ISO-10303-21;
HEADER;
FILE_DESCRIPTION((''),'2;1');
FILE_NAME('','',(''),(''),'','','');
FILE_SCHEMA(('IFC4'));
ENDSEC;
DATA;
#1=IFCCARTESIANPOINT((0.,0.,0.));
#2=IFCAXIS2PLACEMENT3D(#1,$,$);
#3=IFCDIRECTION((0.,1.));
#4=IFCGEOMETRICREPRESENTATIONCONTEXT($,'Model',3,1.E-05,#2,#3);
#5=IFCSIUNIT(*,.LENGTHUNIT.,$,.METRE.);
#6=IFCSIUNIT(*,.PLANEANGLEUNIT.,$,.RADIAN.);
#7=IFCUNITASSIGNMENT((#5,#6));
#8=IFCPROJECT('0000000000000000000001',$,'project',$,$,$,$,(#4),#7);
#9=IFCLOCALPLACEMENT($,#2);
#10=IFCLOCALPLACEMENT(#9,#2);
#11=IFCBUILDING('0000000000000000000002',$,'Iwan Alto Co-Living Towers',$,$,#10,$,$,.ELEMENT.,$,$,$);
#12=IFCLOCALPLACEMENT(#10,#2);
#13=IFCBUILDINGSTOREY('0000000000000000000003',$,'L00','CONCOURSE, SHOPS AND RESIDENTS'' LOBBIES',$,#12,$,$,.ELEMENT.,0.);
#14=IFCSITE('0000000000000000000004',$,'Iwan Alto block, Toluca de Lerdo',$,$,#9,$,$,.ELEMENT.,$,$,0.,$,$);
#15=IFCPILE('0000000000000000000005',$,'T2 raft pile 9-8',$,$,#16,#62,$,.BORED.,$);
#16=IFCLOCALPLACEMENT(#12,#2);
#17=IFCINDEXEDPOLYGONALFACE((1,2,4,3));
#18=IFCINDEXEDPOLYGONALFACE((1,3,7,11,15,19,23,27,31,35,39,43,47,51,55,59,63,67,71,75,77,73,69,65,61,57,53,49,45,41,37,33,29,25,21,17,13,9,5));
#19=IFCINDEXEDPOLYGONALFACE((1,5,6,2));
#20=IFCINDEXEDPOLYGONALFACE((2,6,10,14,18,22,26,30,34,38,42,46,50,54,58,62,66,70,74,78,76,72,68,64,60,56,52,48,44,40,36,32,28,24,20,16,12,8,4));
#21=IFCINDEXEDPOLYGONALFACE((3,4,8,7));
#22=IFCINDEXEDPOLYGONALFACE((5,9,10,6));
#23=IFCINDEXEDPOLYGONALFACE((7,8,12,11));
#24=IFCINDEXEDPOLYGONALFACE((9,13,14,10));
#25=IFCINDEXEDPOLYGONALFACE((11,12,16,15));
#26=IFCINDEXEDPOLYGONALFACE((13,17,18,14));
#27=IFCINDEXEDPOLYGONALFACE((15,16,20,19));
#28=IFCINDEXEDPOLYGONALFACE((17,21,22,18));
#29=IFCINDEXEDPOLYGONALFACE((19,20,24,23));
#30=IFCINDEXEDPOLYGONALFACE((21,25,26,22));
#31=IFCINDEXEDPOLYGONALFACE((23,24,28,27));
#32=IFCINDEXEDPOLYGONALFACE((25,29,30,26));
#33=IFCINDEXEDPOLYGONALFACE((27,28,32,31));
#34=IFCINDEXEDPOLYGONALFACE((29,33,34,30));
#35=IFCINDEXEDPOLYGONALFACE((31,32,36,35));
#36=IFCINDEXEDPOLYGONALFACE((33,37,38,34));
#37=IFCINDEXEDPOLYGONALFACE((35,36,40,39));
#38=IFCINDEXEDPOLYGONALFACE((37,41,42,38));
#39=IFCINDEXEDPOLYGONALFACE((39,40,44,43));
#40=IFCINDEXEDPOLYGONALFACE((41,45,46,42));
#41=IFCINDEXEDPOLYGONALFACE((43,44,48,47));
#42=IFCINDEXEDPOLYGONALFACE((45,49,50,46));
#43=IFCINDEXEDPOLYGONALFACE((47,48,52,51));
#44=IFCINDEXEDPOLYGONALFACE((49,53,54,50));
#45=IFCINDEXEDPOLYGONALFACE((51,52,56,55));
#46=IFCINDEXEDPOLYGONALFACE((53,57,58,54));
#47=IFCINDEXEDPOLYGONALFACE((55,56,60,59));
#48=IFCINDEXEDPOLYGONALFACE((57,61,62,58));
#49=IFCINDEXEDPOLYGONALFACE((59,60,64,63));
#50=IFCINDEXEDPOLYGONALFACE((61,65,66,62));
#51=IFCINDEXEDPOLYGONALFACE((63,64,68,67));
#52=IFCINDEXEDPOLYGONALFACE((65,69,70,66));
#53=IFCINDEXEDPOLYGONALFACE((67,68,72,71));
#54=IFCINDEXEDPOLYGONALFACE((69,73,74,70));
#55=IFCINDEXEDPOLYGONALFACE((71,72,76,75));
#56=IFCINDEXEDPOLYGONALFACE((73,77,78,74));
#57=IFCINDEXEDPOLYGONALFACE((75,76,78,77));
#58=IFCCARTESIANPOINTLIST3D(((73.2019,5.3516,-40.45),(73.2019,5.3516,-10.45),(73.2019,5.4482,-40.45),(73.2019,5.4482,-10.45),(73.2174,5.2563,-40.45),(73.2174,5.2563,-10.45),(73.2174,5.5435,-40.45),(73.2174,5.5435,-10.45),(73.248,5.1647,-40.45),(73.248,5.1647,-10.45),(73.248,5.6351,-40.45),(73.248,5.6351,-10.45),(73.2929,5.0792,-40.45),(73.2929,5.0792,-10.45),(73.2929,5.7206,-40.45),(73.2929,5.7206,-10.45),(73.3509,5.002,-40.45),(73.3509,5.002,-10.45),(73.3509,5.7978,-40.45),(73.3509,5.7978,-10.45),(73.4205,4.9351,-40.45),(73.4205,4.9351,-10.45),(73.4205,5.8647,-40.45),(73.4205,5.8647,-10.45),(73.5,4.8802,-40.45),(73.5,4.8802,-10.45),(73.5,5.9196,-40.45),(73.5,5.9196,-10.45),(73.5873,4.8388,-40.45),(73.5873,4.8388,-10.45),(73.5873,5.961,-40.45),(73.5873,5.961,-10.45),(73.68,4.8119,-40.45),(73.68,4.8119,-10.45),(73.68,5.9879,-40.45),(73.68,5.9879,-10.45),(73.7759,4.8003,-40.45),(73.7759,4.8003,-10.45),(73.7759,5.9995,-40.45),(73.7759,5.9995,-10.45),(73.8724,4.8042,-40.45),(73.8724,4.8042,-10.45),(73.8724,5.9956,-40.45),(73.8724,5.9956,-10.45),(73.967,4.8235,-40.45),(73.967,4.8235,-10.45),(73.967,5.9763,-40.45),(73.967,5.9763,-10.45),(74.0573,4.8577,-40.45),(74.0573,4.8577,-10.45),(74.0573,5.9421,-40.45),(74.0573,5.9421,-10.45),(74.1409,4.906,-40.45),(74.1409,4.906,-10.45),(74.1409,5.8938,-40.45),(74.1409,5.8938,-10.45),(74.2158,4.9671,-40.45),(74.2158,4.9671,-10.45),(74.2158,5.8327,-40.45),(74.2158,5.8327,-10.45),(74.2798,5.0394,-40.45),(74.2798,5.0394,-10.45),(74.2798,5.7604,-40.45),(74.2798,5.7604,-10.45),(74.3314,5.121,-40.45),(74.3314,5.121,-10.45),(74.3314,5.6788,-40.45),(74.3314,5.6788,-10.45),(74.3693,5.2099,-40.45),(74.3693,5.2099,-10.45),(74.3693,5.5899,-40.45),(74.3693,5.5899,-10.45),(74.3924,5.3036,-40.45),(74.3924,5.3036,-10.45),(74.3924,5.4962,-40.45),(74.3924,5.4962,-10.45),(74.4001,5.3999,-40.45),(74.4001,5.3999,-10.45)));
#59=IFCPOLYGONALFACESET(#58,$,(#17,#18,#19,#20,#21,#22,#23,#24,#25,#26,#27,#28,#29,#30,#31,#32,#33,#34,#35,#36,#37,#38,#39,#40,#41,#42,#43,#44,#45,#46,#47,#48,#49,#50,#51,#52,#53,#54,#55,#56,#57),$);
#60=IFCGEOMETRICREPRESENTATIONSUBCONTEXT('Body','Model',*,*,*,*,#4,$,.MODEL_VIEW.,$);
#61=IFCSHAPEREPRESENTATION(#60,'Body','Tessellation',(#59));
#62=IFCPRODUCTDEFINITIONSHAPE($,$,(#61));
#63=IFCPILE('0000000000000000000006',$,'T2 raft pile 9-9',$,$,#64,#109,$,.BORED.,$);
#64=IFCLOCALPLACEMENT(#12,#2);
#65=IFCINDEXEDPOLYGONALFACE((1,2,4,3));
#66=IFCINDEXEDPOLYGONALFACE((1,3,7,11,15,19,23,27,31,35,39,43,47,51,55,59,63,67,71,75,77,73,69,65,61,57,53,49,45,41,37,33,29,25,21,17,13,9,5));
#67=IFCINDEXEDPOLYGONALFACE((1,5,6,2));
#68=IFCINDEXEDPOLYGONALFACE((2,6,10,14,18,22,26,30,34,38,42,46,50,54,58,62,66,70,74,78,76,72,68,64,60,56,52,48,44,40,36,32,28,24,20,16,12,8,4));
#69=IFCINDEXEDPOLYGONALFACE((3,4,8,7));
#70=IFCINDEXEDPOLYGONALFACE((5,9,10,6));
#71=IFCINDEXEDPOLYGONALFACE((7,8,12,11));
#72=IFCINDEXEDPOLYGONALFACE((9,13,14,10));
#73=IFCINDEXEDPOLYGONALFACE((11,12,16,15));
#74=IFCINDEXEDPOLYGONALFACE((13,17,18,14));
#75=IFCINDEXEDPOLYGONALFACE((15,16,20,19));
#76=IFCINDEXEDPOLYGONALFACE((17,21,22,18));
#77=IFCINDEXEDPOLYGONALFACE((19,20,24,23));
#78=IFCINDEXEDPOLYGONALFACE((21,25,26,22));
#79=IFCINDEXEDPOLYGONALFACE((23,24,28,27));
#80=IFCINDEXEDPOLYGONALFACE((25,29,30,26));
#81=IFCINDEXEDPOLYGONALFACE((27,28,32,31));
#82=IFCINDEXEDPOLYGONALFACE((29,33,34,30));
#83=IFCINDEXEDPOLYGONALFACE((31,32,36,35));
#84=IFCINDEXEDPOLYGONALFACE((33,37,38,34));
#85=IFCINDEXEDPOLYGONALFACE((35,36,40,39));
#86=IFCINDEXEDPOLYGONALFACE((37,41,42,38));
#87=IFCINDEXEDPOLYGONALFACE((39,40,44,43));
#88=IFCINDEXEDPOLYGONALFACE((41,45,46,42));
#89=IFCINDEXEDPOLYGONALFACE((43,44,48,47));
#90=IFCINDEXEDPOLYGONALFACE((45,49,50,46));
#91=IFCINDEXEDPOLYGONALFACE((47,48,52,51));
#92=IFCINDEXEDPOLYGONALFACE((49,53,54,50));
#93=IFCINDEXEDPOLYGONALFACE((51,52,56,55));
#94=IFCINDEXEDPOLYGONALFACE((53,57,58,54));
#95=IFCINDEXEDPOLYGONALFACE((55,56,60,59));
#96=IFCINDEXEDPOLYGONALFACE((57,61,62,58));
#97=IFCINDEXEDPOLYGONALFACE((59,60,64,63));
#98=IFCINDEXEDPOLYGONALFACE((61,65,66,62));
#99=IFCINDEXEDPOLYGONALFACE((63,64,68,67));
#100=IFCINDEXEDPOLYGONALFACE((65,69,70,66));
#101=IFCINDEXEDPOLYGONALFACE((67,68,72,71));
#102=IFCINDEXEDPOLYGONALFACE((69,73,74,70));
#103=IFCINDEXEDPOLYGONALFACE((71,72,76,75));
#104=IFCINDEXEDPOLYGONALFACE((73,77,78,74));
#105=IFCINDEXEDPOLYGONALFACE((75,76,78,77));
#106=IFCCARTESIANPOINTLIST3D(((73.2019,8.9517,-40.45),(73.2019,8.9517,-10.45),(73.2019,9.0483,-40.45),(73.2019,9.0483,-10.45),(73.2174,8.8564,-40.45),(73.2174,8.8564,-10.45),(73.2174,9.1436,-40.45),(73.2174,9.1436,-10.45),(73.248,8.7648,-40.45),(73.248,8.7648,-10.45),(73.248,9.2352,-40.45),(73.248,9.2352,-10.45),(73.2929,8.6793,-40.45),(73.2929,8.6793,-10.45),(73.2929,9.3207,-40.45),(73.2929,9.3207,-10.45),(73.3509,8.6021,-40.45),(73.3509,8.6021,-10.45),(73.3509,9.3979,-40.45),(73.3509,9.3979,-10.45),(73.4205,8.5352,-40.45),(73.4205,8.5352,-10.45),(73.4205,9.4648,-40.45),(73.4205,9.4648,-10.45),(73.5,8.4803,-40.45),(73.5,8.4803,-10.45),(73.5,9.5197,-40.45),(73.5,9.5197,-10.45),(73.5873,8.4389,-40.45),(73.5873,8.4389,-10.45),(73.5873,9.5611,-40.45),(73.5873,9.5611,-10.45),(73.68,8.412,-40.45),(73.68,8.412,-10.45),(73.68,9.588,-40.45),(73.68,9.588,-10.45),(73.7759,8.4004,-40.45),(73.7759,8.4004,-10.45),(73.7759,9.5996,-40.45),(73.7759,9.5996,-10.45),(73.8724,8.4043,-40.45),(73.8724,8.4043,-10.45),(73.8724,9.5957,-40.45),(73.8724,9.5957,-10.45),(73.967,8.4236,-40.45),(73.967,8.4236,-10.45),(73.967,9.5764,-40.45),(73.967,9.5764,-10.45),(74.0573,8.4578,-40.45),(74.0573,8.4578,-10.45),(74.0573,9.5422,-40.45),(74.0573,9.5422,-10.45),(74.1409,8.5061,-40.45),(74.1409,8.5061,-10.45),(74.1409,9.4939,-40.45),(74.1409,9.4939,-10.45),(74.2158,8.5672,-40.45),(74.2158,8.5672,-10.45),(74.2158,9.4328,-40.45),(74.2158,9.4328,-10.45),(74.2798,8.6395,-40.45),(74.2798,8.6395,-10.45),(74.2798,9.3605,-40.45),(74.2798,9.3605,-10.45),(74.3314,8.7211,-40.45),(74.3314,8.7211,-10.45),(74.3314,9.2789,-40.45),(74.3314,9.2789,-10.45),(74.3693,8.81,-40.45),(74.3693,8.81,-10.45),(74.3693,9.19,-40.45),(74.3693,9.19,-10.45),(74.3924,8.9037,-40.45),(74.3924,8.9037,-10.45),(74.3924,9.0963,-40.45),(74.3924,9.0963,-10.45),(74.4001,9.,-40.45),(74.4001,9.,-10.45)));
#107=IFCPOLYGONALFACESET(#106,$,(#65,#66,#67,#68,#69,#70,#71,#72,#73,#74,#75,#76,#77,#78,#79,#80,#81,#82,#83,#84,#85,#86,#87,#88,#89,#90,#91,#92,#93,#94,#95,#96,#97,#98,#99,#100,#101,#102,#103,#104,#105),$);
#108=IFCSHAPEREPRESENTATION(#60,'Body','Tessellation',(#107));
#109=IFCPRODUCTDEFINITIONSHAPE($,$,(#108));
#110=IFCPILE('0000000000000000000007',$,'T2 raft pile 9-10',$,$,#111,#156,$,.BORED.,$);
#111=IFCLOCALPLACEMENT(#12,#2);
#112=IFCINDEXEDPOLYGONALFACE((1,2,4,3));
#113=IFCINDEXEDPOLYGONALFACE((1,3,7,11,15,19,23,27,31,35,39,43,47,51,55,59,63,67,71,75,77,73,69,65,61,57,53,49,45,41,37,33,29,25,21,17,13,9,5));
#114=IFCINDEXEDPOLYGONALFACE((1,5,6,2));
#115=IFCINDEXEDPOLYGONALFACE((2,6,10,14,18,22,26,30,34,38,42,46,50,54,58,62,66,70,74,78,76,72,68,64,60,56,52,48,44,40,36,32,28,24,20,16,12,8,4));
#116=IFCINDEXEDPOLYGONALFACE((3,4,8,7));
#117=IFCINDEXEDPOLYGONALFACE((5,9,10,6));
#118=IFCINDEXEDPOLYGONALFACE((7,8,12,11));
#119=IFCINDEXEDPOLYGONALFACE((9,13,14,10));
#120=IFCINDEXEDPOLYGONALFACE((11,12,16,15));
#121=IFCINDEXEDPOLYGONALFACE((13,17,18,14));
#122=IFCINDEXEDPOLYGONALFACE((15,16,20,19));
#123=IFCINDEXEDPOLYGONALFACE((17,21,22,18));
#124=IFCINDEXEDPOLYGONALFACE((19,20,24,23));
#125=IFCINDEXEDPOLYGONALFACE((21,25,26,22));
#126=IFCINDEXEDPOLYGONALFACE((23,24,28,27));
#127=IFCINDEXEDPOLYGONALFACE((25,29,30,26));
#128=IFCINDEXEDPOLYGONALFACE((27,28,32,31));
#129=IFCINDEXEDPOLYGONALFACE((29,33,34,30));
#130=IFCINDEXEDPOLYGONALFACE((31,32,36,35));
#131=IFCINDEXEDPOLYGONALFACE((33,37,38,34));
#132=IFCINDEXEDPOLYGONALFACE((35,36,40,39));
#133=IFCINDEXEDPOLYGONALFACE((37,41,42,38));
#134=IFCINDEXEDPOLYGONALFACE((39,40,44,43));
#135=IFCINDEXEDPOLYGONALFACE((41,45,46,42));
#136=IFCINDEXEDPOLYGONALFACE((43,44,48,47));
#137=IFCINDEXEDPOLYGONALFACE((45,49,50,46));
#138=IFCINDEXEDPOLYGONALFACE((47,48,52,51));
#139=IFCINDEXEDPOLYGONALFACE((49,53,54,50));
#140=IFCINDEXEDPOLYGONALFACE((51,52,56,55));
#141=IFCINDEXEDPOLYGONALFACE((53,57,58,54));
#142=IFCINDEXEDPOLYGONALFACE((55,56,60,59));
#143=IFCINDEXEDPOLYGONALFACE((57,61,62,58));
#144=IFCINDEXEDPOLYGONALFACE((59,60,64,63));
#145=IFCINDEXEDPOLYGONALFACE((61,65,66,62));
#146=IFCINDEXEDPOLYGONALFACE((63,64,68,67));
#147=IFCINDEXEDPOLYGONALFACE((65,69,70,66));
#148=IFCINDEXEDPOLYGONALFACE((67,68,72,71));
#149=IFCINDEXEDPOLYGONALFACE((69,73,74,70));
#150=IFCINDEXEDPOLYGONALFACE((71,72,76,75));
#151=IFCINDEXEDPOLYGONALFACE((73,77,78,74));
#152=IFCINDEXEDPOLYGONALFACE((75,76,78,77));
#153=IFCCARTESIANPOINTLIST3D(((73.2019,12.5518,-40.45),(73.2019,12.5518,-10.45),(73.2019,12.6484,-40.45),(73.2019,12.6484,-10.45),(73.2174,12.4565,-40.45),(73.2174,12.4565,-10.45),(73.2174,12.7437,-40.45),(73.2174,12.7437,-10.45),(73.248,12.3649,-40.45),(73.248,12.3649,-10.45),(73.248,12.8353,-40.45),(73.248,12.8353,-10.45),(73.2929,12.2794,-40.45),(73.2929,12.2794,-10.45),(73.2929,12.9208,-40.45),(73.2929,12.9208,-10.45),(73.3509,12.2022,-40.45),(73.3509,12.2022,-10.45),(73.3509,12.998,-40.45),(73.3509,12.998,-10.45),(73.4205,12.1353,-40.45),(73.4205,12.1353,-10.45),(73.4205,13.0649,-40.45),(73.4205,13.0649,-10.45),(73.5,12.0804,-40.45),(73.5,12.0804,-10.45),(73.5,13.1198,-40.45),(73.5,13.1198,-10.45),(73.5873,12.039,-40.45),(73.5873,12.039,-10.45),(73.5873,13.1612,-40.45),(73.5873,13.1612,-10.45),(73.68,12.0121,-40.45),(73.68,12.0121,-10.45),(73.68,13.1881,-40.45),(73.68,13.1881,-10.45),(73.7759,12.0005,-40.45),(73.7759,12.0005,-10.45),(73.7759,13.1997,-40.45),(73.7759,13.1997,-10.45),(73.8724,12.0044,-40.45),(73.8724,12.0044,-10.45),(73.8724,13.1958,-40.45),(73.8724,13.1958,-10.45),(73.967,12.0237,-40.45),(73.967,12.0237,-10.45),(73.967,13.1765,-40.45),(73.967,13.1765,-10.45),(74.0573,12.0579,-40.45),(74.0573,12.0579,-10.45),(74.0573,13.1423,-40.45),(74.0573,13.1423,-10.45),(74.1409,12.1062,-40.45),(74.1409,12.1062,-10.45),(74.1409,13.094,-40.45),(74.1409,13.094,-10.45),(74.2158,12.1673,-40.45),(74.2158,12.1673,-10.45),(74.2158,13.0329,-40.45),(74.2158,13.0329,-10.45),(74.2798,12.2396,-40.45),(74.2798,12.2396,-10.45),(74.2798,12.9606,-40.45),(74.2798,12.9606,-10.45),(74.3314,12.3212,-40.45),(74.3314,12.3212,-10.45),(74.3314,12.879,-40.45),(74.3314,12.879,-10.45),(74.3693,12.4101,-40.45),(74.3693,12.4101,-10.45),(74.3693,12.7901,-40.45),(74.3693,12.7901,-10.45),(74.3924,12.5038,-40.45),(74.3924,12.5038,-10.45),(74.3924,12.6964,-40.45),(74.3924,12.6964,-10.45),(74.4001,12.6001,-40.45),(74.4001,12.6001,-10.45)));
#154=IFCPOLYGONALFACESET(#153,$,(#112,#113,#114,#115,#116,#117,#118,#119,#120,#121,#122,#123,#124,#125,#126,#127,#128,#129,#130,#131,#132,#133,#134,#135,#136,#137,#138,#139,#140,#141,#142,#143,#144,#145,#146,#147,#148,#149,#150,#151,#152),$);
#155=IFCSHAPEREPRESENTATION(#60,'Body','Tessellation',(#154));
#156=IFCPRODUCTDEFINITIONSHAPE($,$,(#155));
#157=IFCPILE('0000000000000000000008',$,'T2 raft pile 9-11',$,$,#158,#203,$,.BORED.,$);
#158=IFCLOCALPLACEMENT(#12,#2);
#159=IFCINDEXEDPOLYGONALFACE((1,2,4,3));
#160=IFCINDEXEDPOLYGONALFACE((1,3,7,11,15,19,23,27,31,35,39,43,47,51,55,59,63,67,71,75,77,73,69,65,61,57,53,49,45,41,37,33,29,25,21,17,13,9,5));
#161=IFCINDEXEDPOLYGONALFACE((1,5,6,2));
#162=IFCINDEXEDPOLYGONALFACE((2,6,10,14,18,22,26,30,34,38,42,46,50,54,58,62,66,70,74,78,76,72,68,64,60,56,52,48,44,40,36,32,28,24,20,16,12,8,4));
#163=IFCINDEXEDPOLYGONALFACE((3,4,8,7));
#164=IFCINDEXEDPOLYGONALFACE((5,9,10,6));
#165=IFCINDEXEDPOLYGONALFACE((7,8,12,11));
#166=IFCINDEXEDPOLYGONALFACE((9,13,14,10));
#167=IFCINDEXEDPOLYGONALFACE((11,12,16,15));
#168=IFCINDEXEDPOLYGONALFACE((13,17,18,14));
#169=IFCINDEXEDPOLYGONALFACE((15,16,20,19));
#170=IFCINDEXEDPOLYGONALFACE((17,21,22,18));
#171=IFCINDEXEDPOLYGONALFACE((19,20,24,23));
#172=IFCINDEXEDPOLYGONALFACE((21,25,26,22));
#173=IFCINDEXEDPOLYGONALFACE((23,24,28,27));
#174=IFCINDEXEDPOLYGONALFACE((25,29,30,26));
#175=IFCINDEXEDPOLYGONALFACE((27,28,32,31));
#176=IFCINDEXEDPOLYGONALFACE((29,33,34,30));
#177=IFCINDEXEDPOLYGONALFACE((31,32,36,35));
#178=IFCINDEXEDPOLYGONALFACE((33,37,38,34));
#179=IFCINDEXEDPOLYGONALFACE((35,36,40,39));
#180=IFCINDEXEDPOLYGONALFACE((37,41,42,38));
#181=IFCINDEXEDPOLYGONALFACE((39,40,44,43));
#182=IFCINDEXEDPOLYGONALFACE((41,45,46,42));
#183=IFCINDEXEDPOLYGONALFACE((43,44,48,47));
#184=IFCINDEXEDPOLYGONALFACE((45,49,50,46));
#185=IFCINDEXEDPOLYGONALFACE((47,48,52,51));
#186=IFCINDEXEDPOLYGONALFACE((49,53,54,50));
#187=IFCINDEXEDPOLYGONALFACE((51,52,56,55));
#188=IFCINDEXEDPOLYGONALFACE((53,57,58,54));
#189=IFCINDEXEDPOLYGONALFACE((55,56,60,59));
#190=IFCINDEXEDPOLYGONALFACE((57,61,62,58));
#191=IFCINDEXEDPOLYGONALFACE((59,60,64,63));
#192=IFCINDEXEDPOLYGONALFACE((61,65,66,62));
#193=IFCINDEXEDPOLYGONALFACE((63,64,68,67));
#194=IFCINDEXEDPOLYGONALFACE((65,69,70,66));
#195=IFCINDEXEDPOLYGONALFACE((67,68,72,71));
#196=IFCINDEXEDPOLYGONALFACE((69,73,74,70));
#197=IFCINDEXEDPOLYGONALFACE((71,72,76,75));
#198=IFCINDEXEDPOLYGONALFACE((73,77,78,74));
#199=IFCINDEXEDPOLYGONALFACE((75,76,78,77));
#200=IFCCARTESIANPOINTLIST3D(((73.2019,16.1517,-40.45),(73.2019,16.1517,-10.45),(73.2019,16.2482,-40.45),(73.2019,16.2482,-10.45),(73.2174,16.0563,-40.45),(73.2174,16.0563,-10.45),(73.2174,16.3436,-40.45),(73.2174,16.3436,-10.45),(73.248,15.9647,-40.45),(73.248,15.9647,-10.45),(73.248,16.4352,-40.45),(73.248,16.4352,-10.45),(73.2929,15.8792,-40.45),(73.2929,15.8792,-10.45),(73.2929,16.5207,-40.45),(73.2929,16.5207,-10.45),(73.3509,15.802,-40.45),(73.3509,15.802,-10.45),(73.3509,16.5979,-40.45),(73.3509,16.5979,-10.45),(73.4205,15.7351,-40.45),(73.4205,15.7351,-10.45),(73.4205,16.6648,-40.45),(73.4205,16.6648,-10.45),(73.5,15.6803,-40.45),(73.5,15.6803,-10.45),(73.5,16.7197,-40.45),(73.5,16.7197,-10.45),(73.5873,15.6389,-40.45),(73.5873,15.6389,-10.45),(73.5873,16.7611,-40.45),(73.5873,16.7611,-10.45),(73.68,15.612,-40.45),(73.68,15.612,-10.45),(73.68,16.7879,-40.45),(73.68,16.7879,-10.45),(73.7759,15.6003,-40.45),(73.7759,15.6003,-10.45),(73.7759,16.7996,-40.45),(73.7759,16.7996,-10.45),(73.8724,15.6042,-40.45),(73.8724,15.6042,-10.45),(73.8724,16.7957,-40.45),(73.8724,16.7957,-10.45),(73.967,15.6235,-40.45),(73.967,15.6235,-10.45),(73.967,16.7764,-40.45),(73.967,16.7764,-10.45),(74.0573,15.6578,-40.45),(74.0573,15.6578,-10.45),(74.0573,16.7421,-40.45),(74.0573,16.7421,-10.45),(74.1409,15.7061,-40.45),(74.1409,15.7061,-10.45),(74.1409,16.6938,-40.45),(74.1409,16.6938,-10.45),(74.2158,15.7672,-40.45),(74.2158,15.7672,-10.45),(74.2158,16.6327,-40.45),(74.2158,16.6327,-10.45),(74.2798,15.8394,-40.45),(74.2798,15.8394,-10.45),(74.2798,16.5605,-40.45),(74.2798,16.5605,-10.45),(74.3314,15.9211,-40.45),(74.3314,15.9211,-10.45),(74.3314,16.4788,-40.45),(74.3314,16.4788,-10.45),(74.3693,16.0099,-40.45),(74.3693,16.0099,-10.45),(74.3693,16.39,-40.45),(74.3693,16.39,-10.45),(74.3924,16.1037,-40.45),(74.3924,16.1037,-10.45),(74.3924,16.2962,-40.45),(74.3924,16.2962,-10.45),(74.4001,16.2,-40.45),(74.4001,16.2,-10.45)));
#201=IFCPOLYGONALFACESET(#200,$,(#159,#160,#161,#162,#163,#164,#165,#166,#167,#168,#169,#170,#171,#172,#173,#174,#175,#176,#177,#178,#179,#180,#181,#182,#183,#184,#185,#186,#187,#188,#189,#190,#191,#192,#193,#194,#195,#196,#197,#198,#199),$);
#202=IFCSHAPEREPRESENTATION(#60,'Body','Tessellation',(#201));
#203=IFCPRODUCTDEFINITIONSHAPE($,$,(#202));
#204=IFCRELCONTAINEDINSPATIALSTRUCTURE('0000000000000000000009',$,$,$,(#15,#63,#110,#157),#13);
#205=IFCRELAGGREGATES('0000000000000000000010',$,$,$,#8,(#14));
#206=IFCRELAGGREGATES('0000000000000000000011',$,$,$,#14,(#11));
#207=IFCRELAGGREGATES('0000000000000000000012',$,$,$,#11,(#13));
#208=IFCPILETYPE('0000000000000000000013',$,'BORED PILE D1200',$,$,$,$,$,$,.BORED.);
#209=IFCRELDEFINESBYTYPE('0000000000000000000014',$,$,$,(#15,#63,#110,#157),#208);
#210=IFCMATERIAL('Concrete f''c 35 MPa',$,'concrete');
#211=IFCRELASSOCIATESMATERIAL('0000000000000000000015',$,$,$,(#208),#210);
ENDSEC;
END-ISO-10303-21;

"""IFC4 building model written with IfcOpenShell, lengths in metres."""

from ifc_helpers import new_model, si_unit, direction, frame, origin, origin_2d, place, context, subcontext, project, spatial, circle, extrude, material, material_profile, profile_set, type_object, element, save


model = new_model("IFC4")

# Units and contexts
model_context = context("Model", 3, precision=1e-05, world=origin(), true_north=direction((0.0, 1.0)))
body_context = subcontext(model_context, "Body", "Model", "MODEL_VIEW")
ifc_project = project(units=[si_unit("LENGTHUNIT", "METRE"), si_unit("PLANEANGLEUNIT", "RADIAN")], contexts=[model_context])

# Site, building, storey
site_placement = place(None, origin())
site = spatial("IfcSite", under=ifc_project, at=site_placement, Name="Iwan Alto block, Toluca de Lerdo", CompositionType="ELEMENT", RefElevation=0.0)
building_placement = place(site_placement, origin())
building = spatial("IfcBuilding", under=site, at=building_placement, Name="Iwan Alto Co-Living Towers", CompositionType="ELEMENT")
storey_placement = place(building_placement, origin())
storey = spatial("IfcBuildingStorey", under=building, at=storey_placement, Name="L00", Description="CONCOURSE, SHOPS AND RESIDENTS' LOBBIES", CompositionType="ELEMENT", Elevation=0.0)

# Piles
ifc_material_1 = material(Name="Concrete f'c 35 MPa", Category="concrete")
ifc_material_profile = material_profile(ifc_material_1, circle(Radius=0.6001, at=origin_2d()), Name="D1200")
ifc_profile_set = profile_set([ifc_material_profile], Name="Concrete f'c 35 MPa")
pile_type = type_object("IfcPileType", Name="BORED PILE D1200", PredefinedType="BORED", material=ifc_profile_set)
for number, where, z_axis, x_axis, name in (
    (1, (73.8, 5.3999, -10.45), (0.0, 0.0, -1.0), (1.0, 0.0, 0.0), "T2 raft pile 9-8"),
    (2, (73.8, 9.0, -10.45), (0.0, 0.0, -1.0), (1.0, 0.0, 0.0), "T2 raft pile 9-9"),
    (3, (73.8, 12.6001, -10.45), (0.0, 0.0, -1.0), (1.0, 0.0, 0.0), "T2 raft pile 9-10"),
    (4, (73.8, 16.2, -10.45), (0.0, 0.0, -1.0), (1.0, 0.0, 0.0), "T2 raft pile 9-11"),
):
    element("IfcPile", number, at=place(storey_placement, frame(where, z_axis=z_axis, x_axis=x_axis)), inside=storey, type_object=pile_type, Name=name, PredefinedType="BORED", context=body_context, shape_type="SweptSolid", body=[
        extrude(circle(Radius=0.6001, at=origin_2d()), origin(), (0.0, 0.0, 1.0), 30.0),
    ])

save(model, "model.ifc")
